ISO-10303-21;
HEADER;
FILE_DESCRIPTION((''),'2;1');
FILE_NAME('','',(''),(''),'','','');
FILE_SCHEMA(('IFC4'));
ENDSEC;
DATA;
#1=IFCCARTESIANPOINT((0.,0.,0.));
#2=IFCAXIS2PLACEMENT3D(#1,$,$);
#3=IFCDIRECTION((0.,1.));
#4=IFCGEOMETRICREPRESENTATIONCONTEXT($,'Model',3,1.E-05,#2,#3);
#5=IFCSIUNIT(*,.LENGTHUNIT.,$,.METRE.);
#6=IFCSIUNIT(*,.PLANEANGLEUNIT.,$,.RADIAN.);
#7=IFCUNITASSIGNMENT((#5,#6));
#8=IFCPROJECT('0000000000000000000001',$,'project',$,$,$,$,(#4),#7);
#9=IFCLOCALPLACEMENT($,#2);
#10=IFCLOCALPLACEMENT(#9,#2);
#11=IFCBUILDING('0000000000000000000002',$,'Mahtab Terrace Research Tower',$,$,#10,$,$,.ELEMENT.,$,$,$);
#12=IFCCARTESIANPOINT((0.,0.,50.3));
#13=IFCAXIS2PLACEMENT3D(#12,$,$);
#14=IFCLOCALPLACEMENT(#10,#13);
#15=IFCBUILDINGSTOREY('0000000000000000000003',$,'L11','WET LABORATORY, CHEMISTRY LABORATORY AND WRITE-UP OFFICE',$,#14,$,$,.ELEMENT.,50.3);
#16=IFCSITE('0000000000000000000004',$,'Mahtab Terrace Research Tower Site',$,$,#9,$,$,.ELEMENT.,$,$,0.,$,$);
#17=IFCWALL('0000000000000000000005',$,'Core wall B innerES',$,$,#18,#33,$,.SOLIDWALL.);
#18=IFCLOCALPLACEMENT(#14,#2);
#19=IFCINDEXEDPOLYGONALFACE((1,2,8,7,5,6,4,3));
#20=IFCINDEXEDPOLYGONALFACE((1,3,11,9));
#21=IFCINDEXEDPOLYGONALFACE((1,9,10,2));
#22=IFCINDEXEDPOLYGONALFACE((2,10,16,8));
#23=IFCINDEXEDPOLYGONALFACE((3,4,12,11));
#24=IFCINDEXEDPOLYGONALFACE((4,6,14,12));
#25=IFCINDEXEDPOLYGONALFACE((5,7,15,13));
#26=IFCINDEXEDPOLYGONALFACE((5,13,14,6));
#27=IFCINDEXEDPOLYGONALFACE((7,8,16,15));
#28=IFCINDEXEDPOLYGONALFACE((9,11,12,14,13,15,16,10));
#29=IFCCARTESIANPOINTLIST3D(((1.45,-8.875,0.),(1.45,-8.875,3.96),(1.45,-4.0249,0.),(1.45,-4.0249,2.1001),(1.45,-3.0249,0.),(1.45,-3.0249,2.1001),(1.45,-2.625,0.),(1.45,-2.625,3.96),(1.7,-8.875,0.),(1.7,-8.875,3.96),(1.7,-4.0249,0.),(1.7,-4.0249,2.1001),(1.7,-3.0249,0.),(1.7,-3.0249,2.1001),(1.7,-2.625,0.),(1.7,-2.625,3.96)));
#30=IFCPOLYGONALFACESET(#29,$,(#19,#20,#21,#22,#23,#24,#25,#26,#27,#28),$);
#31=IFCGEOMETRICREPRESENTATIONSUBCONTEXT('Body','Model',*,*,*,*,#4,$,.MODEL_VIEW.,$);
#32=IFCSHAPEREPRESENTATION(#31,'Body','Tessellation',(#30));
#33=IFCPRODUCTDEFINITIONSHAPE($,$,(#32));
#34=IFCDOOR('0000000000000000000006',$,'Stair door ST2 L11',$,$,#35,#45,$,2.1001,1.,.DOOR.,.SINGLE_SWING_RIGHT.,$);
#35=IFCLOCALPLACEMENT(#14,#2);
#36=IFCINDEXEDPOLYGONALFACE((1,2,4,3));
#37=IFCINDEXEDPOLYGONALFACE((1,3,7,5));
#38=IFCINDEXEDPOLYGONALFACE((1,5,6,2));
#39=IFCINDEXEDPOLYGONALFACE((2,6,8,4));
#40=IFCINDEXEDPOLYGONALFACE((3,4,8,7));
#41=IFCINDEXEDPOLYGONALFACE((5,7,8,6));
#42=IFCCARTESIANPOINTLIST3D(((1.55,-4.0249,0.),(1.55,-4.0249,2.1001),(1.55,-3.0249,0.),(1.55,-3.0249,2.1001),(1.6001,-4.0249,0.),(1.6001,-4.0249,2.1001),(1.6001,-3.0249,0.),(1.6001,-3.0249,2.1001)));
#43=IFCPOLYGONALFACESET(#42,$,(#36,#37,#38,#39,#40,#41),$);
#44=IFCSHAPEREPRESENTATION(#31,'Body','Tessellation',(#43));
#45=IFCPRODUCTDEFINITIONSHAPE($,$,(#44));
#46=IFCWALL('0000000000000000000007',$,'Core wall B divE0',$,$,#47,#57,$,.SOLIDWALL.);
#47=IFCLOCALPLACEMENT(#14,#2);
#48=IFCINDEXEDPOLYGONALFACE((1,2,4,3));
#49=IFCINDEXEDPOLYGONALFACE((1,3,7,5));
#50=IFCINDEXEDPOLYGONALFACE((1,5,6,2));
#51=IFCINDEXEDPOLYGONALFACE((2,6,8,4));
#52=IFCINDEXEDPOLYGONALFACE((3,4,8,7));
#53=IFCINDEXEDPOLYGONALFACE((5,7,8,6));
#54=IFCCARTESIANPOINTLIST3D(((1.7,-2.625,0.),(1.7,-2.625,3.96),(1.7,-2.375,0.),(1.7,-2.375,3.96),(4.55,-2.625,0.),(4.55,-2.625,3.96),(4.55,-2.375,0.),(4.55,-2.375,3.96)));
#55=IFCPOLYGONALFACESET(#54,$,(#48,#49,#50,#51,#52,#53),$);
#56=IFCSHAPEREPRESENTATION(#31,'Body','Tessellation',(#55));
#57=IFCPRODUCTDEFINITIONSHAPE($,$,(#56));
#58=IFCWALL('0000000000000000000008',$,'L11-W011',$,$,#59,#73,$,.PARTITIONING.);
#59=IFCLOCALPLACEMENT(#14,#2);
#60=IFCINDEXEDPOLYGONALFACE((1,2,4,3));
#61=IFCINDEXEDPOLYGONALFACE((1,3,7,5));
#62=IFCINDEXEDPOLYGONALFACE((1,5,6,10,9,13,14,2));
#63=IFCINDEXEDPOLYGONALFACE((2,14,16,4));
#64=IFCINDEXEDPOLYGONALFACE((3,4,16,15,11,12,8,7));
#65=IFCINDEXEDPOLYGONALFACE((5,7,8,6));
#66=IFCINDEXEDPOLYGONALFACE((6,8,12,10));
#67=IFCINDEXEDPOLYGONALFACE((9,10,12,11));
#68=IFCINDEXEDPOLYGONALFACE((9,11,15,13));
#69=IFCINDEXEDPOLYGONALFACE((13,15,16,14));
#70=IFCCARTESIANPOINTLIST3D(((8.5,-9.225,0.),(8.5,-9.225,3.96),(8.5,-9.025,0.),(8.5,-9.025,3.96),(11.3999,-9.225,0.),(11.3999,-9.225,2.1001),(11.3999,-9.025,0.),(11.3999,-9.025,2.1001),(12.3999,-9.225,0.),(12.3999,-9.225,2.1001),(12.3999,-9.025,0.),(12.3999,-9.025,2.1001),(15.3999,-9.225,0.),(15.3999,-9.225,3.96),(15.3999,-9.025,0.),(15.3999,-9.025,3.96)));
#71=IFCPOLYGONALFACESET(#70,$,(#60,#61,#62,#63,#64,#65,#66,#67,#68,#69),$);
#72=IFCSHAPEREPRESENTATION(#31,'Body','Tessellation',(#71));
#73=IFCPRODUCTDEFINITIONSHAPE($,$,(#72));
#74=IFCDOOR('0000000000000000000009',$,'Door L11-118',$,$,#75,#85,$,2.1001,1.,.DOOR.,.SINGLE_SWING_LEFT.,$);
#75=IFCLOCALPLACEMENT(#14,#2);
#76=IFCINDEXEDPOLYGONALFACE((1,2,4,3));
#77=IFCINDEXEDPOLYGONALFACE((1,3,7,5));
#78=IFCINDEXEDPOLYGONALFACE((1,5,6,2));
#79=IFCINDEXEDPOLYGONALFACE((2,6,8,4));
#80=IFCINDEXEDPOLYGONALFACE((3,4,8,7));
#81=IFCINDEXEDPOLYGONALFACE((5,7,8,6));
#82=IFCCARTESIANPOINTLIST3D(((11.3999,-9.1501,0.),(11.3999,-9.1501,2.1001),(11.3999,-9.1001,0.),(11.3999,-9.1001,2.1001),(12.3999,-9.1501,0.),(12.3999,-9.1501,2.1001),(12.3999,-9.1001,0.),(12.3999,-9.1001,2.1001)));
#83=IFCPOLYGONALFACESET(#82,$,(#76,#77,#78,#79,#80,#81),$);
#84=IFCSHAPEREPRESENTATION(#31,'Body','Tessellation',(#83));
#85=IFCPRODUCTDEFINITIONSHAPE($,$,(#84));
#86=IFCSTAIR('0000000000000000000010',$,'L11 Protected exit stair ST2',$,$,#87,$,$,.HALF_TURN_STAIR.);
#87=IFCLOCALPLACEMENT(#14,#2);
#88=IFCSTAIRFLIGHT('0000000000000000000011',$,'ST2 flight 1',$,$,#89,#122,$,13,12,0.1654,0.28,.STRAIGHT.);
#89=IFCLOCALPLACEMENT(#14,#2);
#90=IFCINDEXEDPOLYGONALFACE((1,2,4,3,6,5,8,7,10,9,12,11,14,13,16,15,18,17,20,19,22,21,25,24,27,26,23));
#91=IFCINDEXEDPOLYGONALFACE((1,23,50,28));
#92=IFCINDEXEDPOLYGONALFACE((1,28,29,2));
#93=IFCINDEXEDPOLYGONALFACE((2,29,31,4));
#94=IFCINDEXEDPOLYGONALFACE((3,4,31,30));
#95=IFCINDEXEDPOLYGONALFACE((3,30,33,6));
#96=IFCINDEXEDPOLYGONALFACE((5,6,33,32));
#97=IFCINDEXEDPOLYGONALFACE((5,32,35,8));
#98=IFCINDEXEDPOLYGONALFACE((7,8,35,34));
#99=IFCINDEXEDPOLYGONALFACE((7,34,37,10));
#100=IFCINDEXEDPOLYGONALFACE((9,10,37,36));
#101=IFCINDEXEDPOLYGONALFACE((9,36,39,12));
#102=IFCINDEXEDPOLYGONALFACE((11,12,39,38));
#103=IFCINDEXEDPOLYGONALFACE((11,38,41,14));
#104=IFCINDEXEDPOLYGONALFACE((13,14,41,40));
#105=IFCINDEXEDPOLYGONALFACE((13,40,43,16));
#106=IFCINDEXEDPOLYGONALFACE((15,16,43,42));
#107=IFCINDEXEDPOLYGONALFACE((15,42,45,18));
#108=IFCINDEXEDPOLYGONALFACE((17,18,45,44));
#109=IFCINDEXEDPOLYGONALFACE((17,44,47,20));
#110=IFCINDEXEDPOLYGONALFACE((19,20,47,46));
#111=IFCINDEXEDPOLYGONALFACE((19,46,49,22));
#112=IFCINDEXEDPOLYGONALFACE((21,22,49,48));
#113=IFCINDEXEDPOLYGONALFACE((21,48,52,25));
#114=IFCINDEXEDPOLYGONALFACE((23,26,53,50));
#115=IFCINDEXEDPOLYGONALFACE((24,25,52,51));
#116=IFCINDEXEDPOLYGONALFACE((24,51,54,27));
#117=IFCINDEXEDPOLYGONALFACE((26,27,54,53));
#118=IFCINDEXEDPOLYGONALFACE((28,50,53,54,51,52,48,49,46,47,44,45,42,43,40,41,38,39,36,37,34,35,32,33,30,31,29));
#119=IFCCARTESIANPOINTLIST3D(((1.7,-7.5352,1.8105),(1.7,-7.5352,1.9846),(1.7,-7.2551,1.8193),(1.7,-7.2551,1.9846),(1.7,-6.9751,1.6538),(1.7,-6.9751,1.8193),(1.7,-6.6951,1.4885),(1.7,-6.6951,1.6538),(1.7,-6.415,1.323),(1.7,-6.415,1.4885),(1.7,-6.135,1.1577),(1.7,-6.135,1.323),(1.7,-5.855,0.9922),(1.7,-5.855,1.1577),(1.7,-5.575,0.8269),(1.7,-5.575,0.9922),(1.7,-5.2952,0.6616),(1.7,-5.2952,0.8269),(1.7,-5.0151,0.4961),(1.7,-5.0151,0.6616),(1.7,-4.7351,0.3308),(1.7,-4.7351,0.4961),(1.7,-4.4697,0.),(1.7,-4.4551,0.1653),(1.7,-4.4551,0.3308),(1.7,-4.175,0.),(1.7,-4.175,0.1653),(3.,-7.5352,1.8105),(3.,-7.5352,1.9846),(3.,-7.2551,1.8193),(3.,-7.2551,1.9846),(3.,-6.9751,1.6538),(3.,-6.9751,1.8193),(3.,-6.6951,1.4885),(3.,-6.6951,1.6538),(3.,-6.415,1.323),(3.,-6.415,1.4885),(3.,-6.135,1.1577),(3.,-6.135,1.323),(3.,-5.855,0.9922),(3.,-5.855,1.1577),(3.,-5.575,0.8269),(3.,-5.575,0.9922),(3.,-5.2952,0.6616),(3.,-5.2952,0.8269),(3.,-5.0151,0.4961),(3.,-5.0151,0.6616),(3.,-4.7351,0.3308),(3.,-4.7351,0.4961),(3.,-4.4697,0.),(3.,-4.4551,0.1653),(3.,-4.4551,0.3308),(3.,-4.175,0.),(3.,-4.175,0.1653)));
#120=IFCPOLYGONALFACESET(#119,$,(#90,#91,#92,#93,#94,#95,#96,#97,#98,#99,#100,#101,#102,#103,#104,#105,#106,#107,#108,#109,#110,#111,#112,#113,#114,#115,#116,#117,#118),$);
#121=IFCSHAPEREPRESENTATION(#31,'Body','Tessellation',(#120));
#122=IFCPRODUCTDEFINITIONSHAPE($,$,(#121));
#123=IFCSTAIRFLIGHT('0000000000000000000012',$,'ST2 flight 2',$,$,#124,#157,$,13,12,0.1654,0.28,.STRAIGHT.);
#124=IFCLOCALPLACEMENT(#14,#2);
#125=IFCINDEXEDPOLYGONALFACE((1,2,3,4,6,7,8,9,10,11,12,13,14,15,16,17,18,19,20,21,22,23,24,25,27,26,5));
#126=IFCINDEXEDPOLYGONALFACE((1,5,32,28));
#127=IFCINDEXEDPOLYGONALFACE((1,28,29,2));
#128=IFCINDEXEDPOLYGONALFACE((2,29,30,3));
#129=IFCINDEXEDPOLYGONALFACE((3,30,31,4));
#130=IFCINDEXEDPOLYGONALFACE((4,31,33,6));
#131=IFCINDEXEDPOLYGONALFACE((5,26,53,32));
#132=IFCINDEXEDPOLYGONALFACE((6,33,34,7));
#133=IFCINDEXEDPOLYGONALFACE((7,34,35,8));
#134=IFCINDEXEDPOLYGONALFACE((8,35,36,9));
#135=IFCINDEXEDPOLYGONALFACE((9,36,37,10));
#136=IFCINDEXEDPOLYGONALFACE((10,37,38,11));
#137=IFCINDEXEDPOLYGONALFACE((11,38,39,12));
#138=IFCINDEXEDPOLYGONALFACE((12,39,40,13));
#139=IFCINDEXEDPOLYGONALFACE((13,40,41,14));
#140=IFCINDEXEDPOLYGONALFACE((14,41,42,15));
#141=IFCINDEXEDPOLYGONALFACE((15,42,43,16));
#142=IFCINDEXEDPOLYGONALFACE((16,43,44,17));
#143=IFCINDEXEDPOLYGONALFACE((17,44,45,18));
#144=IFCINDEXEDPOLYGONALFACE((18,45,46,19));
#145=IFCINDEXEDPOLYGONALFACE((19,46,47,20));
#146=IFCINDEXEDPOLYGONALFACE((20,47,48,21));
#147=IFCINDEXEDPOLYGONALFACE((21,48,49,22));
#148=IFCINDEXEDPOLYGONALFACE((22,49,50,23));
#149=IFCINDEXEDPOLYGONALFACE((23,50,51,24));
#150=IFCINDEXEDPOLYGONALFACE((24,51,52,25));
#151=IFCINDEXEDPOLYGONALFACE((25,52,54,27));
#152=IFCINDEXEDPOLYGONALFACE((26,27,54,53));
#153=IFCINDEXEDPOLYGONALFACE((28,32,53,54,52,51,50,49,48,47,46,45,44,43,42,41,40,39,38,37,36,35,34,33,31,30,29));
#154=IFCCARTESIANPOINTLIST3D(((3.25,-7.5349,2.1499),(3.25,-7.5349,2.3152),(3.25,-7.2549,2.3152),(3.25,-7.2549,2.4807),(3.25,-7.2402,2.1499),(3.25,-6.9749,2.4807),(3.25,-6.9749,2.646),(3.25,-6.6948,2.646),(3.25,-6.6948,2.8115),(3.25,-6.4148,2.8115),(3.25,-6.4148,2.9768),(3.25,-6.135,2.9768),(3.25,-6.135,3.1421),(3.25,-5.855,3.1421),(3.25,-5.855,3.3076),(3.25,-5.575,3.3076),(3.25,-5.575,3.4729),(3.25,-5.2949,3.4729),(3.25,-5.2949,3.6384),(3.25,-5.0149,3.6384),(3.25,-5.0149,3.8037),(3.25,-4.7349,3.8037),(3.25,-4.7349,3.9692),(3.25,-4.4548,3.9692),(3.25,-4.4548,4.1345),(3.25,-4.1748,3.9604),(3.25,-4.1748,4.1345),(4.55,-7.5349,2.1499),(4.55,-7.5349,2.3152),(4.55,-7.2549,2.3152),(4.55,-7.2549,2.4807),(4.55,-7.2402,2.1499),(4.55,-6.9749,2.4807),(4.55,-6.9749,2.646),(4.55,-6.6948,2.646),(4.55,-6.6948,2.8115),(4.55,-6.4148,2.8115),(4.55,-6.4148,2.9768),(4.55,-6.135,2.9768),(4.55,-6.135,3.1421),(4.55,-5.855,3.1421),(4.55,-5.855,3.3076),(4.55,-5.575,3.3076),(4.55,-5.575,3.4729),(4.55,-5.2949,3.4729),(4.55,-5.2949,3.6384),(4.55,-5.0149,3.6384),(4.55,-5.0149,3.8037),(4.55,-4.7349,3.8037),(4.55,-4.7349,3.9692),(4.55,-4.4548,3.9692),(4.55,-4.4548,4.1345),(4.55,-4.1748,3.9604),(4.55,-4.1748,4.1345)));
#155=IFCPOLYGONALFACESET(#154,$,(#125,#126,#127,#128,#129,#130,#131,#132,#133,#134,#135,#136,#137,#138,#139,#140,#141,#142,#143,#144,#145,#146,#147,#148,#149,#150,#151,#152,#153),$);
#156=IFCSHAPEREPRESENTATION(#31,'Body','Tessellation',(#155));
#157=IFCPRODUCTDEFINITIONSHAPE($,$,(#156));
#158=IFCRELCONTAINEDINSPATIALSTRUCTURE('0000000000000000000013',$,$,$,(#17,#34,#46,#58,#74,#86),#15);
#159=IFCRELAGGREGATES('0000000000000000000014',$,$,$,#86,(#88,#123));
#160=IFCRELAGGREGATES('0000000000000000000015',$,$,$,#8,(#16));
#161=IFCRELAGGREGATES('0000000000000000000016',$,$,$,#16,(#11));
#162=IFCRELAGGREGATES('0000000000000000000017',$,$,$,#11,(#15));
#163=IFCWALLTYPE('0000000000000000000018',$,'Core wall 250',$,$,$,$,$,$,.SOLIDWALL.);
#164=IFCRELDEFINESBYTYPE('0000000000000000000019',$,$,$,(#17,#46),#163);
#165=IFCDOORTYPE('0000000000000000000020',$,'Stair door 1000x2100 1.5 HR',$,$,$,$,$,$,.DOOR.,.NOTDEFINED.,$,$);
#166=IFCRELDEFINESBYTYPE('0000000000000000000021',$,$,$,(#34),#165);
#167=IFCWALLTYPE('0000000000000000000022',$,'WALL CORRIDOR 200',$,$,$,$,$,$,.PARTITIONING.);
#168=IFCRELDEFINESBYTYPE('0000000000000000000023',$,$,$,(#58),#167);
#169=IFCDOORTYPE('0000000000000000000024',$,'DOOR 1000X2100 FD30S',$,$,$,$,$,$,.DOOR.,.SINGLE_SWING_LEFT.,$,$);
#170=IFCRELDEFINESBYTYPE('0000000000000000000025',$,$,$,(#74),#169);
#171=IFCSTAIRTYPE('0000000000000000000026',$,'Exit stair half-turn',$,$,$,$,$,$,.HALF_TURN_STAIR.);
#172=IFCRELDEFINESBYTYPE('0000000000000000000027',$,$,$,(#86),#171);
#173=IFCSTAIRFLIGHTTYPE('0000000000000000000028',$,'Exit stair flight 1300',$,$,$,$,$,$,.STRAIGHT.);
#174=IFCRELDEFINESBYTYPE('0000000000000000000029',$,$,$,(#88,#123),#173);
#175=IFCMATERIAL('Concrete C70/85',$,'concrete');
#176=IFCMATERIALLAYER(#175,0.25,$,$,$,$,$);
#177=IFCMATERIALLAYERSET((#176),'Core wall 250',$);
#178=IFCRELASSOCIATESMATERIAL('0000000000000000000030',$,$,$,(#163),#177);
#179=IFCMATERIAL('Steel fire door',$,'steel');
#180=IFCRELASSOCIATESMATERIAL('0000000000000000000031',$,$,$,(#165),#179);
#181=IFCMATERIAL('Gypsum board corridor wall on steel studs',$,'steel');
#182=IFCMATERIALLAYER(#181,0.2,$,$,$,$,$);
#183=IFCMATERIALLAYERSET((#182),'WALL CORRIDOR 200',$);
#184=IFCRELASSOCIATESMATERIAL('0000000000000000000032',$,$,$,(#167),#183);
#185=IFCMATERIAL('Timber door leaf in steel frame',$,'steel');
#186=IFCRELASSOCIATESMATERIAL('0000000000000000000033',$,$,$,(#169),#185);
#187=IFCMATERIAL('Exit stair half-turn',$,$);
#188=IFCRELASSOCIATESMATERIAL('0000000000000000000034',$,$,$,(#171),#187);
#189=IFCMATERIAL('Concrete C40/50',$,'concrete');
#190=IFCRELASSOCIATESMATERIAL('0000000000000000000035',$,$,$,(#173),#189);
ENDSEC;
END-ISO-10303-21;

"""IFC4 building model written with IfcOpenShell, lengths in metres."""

from ifc_helpers import new_model, si_unit, direction, frame, frame_2d, origin, place, context, subcontext, project, spatial, polyline, rectangle, outline, extrude, material, layer, layer_set, type_object, element, fill, aggregate, save


model = new_model("IFC4")

# Units and contexts
model_context = context("Model", 3, precision=1e-05, world=origin(), true_north=direction((0.0, 1.0)))
body_context = subcontext(model_context, "Body", "Model", "MODEL_VIEW")
ifc_project = project(units=[si_unit("LENGTHUNIT", "METRE"), si_unit("PLANEANGLEUNIT", "RADIAN")], contexts=[model_context])

# Site, building, storey
site_placement = place(None, origin())
site = spatial("IfcSite", under=ifc_project, at=site_placement, Name="Mahtab Terrace Research Tower Site", CompositionType="ELEMENT", RefElevation=0.0)
building_placement = place(site_placement, origin())
building = spatial("IfcBuilding", under=site, at=building_placement, Name="Mahtab Terrace Research Tower", CompositionType="ELEMENT")
storey_placement = place(building_placement, frame((0.0, 0.0, 50.3)))
storey = spatial("IfcBuildingStorey", under=building, at=storey_placement, Name="L11", Description="WET LABORATORY, CHEMISTRY LABORATORY AND WRITE-UP OFFICE", CompositionType="ELEMENT", Elevation=50.3)

# Shared definitions
ifc_material_1 = material(Name="Concrete C70/85", Category="concrete")
ifc_layer_1 = layer(ifc_material_1, 0.25)
ifc_layer_set_1 = layer_set([ifc_layer_1], Name="Core wall 250")
wall_type_1 = type_object("IfcWallType", Name="Core wall 250", PredefinedType="SOLIDWALL", material=ifc_layer_set_1)

# Shared definitions
ifc_material_2 = material(Name="Steel fire door", Category="steel")

# Wall, opening, door
wall_1_placement = place(storey_placement, frame((1.575, -8.875, 0.0), z_axis=(0.0, 0.0, 1.0), x_axis=(0.0, 1.0, 0.0)))
wall_1 = element("IfcWall", 1, at=wall_1_placement, inside=storey, type_object=wall_type_1, Name="Core wall B innerES", PredefinedType="SOLIDWALL", context=body_context, shape_type="SweptSolid", body=[
    extrude(rectangle(XDim=6.25, YDim=0.25, at=frame_2d((3.125, 0.0))), origin(), (0.0, 0.0, 1.0), 3.96),
])
opening_1_placement = place(wall_1_placement, frame((4.8501, 0.0, 0.0)))
opening_1 = element("IfcOpeningElement", 2, at=opening_1_placement, cuts=wall_1, PredefinedType="OPENING", context=body_context, shape_type="SweptSolid", body=[
    extrude(rectangle(XDim=1.0, YDim=2.1001, at=frame_2d((0.5, 1.05))), frame((0.0, 0.135, 0.0), z_axis=(0.0, -1.0, 0.0), x_axis=(1.0, 0.0, 0.0)), (0.0, 0.0, 1.0), 0.27),
])
door_type_1 = type_object("IfcDoorType", Name="Stair door 1000x2100 1.5 HR", OperationType="NOTDEFINED", PredefinedType="DOOR", material=ifc_material_2)
door_1_placement = place(opening_1_placement, origin())
door_1 = element("IfcDoor", 3, at=door_1_placement, inside=storey, type_object=door_type_1, Name="Stair door ST2 L11", OperationType="SINGLE_SWING_RIGHT", OverallHeight=2.1001, OverallWidth=1.0, PredefinedType="DOOR", context=body_context, shape_type="SweptSolid", body=[
    extrude(rectangle(XDim=1.0, YDim=2.1001, at=frame_2d((0.5, 1.05))), frame((0.0, 0.0249, 0.0), z_axis=(0.0, -1.0, 0.0), x_axis=(1.0, 0.0, 0.0)), (0.0, 0.0, 1.0), 0.05),
])
fill(opening_1, door_1)

# Wall
wall_2_placement = place(storey_placement, frame((1.7, -2.5, 0.0), z_axis=(0.0, 0.0, 1.0), x_axis=(1.0, 0.0, 0.0)))
element("IfcWall", 4, at=wall_2_placement, inside=storey, type_object=wall_type_1, Name="Core wall B divE0", PredefinedType="SOLIDWALL", context=body_context, shape_type="SweptSolid", body=[
    extrude(rectangle(XDim=2.8501, YDim=0.25, at=frame_2d((1.425, 0.0))), origin(), (0.0, 0.0, 1.0), 3.96),
])

# Wall, opening, door
ifc_material_3 = material(Name="Gypsum board corridor wall on steel studs", Category="steel")
ifc_layer_2 = layer(ifc_material_3, 0.2)
ifc_layer_set_2 = layer_set([ifc_layer_2], Name="WALL CORRIDOR 200")
wall_type_2 = type_object("IfcWallType", Name="WALL CORRIDOR 200", PredefinedType="PARTITIONING", material=ifc_layer_set_2)
wall_3_placement = place(storey_placement, frame((8.5, -9.125, 0.0), z_axis=(0.0, 0.0, 1.0), x_axis=(1.0, 0.0, 0.0)))
wall_3 = element("IfcWall", 5, at=wall_3_placement, inside=storey, type_object=wall_type_2, Name="L11-W011", PredefinedType="PARTITIONING", context=body_context, shape_type="SweptSolid", body=[
    extrude(rectangle(XDim=6.8999, YDim=0.2, at=frame_2d((3.45, 0.0))), origin(), (0.0, 0.0, 1.0), 3.96),
])
opening_2_placement = place(wall_3_placement, frame((2.8999, 0.0, 0.0)))
opening_2 = element("IfcOpeningElement", 6, at=opening_2_placement, cuts=wall_3, PredefinedType="OPENING", context=body_context, shape_type="SweptSolid", body=[
    extrude(rectangle(XDim=1.0, YDim=2.1001, at=frame_2d((0.5, 1.05))), frame((0.0, 0.1099, 0.0), z_axis=(0.0, -1.0, 0.0), x_axis=(1.0, 0.0, 0.0)), (0.0, 0.0, 1.0), 0.22),
])
ifc_material_4 = material(Name="Timber door leaf in steel frame", Category="steel")
door_type_2 = type_object("IfcDoorType", Name="DOOR 1000X2100 FD30S", OperationType="SINGLE_SWING_LEFT", PredefinedType="DOOR", material=ifc_material_4)
door_2_placement = place(opening_2_placement, origin())
door_2 = element("IfcDoor", 7, at=door_2_placement, inside=storey, type_object=door_type_2, Name="Door L11-118", OperationType="SINGLE_SWING_LEFT", OverallHeight=2.1001, OverallWidth=1.0, PredefinedType="DOOR", context=body_context, shape_type="SweptSolid", body=[
    extrude(rectangle(XDim=1.0, YDim=2.1001, at=frame_2d((0.5, 1.05))), frame((0.0, 0.0249, 0.0), z_axis=(0.0, -1.0, 0.0), x_axis=(1.0, 0.0, 0.0)), (0.0, 0.0, 1.0), 0.05),
])
fill(opening_2, door_2)

# Stair, stair flights
ifc_material_5 = material(Name="Exit stair half-turn")
stair_type = type_object("IfcStairType", Name="Exit stair half-turn", PredefinedType="HALF_TURN_STAIR", material=ifc_material_5)
stair_placement = place(storey_placement, origin())
stair = element("IfcStair", 8, at=stair_placement, inside=storey, type_object=stair_type, Name="L11 Protected exit stair ST2", PredefinedType="HALF_TURN_STAIR")
ifc_material_6 = material(Name="Concrete C40/50", Category="concrete")
stair_flight_type = type_object("IfcStairFlightType", Name="Exit stair flight 1300", PredefinedType="STRAIGHT", material=ifc_material_6)
stair_flight_1_placement = place(storey_placement, frame((2.3501, -4.175, 0.0), z_axis=(0.0, 0.0, 1.0), x_axis=(0.0, -1.0, 0.0)))
stair_flight_1 = element("IfcStairFlight", 9, at=stair_flight_1_placement, type_object=stair_flight_type, Name="ST2 flight 1", NumberOfRisers=13, NumberOfTreads=12, PredefinedType="STRAIGHT", RiserHeight=0.1654, TreadLength=0.28, context=body_context, shape_type="SweptSolid", body=[
    extrude(outline(polyline([(0.0, 0.0), (0.0, 0.1653), (0.28, 0.1653), (0.28, 0.3308), (0.5601, 0.3308), (0.5601, 0.4961), (0.8401, 0.4961), (0.8401, 0.6616), (1.1201, 0.6616), (1.1201, 0.8269), (1.3999, 0.8269), (1.3999, 0.9922), (1.6799, 0.9922), (1.6799, 1.1577), (1.96, 1.1577), (1.96, 1.323), (2.24, 1.323), (2.24, 1.4885), (2.52, 1.4885), (2.52, 1.6538), (2.8, 1.6538), (2.8, 1.8193), (3.0801, 1.8193), (3.0801, 1.9846), (3.3601, 1.9846), (3.3601, 2.1499), (3.3601, 1.8105), (0.2947, 0.0), (0.0, 0.0)])), frame((0.0, 0.6499, 0.0), z_axis=(0.0, -1.0, 0.0), x_axis=(1.0, 0.0, 0.0)), (0.0, 0.0, 1.0), 1.3),
])
stair_flight_2_placement = place(storey_placement, frame((3.8999, -7.5349, 2.1499), z_axis=(0.0, 0.0, 1.0), x_axis=(0.0, 1.0, 0.0)))
stair_flight_2 = element("IfcStairFlight", 10, at=stair_flight_2_placement, type_object=stair_flight_type, Name="ST2 flight 2", NumberOfRisers=13, NumberOfTreads=12, PredefinedType="STRAIGHT", RiserHeight=0.1654, TreadLength=0.28, context=body_context, shape_type="SweptSolid", body=[
    extrude(outline(polyline([(0.0, 0.0), (0.0, 0.1653), (0.28, 0.1653), (0.28, 0.3308), (0.5601, 0.3308), (0.5601, 0.4961), (0.8401, 0.4961), (0.8401, 0.6616), (1.1201, 0.6616), (1.1201, 0.8269), (1.3999, 0.8269), (1.3999, 0.9922), (1.6799, 0.9922), (1.6799, 1.1577), (1.96, 1.1577), (1.96, 1.323), (2.24, 1.323), (2.24, 1.4885), (2.52, 1.4885), (2.52, 1.6538), (2.8, 1.6538), (2.8, 1.8193), (3.0801, 1.8193), (3.0801, 1.9846), (3.3601, 1.9846), (3.3601, 2.1499), (3.3601, 1.8105), (0.2947, 0.0), (0.0, 0.0)])), frame((0.0, 0.6499, 0.0), z_axis=(0.0, -1.0, 0.0), x_axis=(1.0, 0.0, 0.0)), (0.0, 0.0, 1.0), 1.3),
])
aggregate(stair, [stair_flight_1, stair_flight_2])

save(model, "model.ifc")
